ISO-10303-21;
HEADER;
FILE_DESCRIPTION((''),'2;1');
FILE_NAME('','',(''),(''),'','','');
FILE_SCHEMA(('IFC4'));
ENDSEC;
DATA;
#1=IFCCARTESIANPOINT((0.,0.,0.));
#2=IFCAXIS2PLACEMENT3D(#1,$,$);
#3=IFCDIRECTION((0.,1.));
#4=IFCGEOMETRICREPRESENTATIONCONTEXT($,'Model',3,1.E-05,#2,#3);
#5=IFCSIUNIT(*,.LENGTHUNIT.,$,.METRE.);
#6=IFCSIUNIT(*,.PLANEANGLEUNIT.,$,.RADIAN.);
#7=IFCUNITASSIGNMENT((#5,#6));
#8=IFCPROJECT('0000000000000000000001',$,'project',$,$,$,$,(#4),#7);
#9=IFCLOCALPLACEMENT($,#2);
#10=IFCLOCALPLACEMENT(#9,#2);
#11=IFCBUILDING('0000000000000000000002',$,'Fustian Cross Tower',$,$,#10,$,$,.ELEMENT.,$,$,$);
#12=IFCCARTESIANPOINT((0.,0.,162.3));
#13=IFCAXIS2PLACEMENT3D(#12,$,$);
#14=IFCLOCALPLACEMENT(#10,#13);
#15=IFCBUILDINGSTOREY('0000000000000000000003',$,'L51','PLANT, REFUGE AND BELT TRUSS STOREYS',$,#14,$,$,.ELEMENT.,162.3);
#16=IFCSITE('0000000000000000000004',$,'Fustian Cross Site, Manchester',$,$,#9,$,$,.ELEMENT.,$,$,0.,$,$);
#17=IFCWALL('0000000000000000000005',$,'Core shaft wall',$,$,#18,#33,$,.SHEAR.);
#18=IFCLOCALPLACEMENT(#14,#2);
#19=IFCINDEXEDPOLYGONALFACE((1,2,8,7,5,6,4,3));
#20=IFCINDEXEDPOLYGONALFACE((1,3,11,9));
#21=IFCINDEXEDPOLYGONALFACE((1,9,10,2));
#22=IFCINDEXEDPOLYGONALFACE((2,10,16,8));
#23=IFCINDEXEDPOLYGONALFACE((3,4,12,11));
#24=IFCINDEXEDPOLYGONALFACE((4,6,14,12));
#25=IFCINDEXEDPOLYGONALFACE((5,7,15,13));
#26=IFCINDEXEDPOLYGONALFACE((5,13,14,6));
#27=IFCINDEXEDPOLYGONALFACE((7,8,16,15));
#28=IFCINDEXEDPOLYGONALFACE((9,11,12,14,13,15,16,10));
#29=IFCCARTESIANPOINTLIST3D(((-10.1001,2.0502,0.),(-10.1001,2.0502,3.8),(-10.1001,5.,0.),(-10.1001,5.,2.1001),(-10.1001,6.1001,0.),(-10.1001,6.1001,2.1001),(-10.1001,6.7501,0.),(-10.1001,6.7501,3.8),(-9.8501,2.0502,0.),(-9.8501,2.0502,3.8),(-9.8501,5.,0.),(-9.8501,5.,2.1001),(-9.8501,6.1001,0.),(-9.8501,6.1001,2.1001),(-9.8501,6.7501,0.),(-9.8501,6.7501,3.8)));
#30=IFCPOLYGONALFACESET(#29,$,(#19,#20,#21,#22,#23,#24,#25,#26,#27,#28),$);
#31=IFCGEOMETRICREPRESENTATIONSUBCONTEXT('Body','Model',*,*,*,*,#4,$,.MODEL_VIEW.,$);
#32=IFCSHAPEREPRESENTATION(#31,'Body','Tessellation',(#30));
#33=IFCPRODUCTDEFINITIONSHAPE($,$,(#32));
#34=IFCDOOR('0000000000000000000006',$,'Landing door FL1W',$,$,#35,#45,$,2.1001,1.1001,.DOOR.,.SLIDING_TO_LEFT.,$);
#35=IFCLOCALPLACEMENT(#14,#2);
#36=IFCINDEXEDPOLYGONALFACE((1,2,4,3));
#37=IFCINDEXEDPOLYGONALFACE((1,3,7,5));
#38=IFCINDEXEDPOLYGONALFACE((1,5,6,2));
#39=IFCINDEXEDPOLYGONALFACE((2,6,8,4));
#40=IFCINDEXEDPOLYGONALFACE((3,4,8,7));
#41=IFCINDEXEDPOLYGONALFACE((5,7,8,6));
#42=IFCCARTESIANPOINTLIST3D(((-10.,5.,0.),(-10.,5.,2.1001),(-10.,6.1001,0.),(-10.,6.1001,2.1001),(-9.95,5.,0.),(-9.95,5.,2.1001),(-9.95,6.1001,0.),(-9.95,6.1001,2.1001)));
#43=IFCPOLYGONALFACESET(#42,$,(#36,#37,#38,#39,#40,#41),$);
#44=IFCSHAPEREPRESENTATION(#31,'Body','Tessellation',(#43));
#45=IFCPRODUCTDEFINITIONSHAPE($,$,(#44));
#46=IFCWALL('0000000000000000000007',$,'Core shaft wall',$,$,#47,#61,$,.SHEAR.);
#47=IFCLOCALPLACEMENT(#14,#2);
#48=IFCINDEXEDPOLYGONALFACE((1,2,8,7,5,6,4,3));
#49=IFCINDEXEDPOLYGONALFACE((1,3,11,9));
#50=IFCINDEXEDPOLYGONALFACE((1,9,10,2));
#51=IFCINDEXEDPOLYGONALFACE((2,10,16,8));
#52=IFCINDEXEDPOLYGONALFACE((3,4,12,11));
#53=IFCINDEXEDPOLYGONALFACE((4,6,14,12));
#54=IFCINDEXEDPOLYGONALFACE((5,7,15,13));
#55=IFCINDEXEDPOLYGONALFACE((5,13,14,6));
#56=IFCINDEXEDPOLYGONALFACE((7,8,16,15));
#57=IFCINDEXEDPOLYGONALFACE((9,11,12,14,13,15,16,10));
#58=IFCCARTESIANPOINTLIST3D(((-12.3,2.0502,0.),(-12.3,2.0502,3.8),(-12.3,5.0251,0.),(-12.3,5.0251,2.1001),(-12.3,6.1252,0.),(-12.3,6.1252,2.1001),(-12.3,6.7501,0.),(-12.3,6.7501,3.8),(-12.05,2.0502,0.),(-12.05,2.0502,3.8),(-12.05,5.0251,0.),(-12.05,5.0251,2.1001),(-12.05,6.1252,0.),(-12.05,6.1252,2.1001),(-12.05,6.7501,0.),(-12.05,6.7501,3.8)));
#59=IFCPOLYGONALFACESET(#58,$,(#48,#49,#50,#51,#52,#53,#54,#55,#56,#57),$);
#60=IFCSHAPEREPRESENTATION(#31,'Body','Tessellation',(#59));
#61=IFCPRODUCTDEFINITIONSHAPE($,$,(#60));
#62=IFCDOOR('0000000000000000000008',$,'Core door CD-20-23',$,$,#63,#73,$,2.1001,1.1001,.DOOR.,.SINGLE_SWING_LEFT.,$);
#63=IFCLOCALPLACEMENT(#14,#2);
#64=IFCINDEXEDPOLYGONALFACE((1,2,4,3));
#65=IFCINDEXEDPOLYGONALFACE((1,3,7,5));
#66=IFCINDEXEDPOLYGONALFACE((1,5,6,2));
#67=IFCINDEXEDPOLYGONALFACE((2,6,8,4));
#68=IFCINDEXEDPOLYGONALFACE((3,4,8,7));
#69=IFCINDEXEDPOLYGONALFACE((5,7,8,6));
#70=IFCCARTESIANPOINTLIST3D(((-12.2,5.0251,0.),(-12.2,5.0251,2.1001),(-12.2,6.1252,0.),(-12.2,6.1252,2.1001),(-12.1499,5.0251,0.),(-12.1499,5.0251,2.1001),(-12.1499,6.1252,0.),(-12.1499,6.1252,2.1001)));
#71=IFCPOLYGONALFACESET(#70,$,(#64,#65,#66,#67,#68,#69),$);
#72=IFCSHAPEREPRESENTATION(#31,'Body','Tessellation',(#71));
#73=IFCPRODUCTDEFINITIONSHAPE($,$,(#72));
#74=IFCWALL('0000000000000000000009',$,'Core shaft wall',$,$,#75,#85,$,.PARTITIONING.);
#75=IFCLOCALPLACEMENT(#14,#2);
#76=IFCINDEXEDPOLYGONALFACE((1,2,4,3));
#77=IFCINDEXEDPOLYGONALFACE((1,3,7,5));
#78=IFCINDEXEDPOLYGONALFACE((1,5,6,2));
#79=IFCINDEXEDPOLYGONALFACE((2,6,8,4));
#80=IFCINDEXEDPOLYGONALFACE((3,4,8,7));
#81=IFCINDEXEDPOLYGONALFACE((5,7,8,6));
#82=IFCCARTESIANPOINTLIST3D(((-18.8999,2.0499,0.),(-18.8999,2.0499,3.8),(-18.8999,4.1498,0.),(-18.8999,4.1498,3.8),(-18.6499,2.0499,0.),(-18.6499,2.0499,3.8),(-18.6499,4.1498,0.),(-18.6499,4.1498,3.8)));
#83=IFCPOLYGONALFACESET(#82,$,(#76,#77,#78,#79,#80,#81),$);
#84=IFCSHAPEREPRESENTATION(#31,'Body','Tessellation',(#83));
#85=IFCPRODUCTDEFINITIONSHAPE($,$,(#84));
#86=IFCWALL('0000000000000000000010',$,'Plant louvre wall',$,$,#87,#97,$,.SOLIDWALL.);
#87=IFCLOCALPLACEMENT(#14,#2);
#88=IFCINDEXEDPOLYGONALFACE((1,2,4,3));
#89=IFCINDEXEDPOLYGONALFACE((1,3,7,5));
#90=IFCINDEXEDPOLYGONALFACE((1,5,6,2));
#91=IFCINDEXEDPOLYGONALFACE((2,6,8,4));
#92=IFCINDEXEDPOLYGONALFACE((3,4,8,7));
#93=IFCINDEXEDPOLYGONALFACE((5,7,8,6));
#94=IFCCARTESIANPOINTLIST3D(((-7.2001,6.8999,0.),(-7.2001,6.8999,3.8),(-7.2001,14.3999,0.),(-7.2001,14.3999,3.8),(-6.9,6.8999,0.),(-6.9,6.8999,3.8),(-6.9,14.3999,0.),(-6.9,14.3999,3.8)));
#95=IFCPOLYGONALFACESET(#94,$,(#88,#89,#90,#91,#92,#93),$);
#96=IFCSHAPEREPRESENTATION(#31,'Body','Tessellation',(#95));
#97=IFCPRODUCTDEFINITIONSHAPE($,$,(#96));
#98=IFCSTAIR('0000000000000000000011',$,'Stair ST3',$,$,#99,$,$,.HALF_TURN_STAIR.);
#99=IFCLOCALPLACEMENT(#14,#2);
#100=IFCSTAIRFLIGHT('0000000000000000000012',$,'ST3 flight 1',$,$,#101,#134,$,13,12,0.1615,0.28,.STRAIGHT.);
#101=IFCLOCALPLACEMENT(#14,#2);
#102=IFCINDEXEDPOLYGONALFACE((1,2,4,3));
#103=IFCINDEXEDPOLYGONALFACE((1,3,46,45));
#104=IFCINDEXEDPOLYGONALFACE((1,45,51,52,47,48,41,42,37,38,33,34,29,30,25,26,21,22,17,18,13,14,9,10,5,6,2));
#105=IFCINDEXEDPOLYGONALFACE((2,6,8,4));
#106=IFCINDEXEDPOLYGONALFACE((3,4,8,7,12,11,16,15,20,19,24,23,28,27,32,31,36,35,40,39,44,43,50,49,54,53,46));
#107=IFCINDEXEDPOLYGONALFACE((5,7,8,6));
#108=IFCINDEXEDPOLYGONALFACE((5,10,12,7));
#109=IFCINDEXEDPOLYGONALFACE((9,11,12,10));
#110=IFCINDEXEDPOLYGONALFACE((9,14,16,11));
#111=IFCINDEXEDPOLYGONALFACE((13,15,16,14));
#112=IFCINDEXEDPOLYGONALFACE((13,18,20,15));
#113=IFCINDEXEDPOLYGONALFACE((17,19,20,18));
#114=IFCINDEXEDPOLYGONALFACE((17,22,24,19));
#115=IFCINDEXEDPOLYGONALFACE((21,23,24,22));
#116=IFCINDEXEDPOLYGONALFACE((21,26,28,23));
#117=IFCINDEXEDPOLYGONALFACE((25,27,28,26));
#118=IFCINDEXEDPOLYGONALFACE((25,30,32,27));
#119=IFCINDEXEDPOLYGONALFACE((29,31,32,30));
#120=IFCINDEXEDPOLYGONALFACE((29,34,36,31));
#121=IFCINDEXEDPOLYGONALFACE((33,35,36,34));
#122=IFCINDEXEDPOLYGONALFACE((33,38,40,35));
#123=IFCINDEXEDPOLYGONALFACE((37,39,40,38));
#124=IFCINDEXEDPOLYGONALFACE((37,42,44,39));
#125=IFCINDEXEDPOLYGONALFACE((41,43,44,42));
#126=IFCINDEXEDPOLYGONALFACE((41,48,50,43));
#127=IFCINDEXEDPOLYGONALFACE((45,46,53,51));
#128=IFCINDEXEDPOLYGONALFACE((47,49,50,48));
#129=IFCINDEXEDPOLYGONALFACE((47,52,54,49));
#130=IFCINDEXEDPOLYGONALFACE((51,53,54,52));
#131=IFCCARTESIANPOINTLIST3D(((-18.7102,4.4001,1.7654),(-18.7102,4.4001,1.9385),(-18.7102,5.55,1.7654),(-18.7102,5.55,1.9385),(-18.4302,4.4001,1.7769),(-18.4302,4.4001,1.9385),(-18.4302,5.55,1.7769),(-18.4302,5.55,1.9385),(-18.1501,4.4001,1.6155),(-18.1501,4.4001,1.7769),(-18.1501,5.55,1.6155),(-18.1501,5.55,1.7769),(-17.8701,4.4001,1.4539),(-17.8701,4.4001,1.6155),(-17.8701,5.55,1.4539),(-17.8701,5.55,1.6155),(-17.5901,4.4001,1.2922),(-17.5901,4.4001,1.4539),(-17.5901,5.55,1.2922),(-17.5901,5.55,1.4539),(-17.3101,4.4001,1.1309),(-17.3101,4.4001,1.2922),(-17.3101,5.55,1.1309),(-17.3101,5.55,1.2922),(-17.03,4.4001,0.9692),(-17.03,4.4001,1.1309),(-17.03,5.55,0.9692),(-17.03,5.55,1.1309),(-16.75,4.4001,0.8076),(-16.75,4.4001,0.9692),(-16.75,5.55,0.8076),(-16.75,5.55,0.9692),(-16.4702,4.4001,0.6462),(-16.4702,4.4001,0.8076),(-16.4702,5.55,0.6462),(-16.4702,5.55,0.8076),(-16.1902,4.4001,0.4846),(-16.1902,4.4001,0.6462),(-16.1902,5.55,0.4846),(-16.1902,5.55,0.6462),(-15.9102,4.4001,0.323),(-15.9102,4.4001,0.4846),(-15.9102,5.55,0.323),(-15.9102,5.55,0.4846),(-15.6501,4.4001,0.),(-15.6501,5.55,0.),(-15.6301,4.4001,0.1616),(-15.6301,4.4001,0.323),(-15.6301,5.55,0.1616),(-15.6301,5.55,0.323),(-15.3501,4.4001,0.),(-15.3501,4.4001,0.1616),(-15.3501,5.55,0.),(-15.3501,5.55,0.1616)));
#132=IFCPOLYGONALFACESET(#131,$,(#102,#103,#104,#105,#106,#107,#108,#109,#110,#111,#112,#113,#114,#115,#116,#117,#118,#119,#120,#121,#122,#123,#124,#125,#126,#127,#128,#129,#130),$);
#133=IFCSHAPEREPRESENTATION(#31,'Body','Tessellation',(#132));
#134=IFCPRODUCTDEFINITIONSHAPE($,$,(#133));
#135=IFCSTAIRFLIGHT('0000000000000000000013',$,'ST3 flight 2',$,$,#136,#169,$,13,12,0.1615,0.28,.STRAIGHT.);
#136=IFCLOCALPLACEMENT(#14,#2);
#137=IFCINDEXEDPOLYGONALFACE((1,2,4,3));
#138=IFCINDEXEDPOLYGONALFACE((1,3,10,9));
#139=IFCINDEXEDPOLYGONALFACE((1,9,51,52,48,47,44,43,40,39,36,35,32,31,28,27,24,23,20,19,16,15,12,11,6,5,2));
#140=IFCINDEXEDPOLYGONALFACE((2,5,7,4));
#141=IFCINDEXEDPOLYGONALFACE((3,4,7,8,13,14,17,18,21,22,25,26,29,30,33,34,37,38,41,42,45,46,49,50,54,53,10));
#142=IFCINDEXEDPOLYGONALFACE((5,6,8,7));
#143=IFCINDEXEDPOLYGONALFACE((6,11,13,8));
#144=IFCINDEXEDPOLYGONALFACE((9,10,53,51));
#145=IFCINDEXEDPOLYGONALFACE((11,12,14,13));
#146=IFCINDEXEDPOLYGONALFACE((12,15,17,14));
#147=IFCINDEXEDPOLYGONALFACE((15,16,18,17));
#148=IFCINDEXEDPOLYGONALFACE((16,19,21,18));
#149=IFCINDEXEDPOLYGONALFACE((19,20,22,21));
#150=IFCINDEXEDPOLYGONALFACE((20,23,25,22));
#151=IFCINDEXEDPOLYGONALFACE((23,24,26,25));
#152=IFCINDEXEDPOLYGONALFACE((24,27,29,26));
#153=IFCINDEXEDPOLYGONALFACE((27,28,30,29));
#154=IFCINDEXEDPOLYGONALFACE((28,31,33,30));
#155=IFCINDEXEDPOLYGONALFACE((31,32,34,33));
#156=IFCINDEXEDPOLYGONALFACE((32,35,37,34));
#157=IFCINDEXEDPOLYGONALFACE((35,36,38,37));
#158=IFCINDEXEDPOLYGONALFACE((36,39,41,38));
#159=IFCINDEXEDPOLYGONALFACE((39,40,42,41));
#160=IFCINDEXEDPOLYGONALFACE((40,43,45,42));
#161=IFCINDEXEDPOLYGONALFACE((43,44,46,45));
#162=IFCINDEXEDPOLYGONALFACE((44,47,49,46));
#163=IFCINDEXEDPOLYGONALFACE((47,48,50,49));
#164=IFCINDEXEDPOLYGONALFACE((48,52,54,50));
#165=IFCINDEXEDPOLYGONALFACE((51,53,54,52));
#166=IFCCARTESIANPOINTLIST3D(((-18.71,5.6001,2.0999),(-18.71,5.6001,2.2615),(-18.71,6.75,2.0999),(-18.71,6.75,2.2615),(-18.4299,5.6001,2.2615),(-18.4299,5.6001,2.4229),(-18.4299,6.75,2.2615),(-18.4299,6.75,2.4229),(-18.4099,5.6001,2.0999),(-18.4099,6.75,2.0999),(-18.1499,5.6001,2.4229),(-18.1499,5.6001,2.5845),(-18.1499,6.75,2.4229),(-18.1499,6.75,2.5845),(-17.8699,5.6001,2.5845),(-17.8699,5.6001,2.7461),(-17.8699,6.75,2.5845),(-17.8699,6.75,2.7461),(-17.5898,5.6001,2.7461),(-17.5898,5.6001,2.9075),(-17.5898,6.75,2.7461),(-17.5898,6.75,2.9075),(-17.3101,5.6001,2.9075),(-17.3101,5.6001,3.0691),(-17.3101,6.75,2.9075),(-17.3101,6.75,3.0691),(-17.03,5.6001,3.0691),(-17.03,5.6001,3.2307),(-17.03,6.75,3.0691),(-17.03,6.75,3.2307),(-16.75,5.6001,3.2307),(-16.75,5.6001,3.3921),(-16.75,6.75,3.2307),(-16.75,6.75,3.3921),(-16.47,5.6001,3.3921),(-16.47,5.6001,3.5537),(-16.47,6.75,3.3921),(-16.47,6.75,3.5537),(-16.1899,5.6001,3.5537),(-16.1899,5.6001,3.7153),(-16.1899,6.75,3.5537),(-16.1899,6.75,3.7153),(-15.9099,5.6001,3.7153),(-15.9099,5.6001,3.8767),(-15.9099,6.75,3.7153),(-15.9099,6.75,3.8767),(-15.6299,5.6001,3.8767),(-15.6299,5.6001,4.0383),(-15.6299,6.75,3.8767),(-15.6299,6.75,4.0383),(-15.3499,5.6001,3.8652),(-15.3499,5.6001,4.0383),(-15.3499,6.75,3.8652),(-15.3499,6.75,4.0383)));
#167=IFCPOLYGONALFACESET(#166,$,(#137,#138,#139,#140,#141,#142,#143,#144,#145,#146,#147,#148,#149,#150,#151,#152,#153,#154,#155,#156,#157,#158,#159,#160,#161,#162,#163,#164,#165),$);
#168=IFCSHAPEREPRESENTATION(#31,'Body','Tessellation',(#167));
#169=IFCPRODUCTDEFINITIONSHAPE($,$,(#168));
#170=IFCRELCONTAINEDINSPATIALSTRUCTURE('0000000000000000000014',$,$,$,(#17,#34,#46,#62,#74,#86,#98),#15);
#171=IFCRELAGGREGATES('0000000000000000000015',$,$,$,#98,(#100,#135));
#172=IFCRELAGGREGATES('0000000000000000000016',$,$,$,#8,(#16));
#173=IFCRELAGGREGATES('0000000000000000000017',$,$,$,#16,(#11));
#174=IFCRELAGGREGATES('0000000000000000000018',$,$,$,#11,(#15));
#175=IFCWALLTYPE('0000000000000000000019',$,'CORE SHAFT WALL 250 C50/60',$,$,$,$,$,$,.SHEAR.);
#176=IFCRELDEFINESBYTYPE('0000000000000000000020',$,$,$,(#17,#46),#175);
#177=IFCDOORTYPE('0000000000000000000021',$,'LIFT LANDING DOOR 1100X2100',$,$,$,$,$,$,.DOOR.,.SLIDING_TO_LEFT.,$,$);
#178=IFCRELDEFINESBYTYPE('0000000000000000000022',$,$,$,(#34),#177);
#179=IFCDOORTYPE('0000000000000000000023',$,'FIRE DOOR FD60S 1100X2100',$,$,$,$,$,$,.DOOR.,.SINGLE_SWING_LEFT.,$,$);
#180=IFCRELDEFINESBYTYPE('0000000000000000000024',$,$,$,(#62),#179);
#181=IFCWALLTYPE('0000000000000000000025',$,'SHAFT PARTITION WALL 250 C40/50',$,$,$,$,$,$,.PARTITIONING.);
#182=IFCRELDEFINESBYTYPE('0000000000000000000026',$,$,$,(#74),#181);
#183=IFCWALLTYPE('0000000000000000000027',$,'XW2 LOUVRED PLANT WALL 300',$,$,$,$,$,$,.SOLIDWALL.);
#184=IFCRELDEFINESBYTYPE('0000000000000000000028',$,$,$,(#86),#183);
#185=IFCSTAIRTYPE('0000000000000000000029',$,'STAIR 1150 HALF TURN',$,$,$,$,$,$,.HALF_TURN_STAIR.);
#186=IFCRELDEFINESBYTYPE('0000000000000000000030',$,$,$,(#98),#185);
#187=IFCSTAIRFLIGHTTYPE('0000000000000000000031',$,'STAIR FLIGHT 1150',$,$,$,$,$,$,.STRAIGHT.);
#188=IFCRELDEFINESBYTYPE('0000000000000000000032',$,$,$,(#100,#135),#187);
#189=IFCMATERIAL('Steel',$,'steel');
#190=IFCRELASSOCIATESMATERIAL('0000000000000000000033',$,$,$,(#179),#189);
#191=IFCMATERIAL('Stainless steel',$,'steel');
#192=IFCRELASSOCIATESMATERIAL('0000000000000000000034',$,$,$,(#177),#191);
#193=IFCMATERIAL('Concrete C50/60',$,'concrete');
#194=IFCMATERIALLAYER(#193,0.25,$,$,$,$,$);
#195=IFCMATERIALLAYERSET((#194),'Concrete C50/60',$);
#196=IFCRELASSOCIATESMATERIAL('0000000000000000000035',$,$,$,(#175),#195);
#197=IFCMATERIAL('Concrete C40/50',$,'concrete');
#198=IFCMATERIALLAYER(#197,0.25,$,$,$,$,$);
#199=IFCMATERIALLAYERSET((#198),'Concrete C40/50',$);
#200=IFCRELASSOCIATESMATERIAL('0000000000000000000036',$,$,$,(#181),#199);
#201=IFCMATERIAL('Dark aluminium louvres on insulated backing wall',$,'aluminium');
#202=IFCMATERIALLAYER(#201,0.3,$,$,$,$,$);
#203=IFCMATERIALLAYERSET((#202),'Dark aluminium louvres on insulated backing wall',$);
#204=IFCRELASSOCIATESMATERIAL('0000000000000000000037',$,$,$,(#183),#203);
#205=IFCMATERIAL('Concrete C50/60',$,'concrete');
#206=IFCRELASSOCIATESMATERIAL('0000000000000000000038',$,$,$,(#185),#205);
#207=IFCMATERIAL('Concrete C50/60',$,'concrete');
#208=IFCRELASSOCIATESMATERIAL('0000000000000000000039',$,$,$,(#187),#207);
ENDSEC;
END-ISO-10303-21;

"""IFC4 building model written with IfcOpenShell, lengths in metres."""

from ifc_helpers import new_model, si_unit, direction, frame, frame_2d, origin, place, context, subcontext, project, spatial, polyline, rectangle, outline, extrude, material, layer, layer_set, type_object, element, fill, aggregate, save


model = new_model("IFC4")

# Units and contexts
model_context = context("Model", 3, precision=1e-05, world=origin(), true_north=direction((0.0, 1.0)))
body_context = subcontext(model_context, "Body", "Model", "MODEL_VIEW")
ifc_project = project(units=[si_unit("LENGTHUNIT", "METRE"), si_unit("PLANEANGLEUNIT", "RADIAN")], contexts=[model_context])

# Site, building, storey
site_placement = place(None, origin())
site = spatial("IfcSite", under=ifc_project, at=site_placement, Name="Fustian Cross Site, Manchester", CompositionType="ELEMENT", RefElevation=0.0)
building_placement = place(site_placement, origin())
building = spatial("IfcBuilding", under=site, at=building_placement, Name="Fustian Cross Tower", CompositionType="ELEMENT")
storey_placement = place(building_placement, frame((0.0, 0.0, 162.3)))
storey = spatial("IfcBuildingStorey", under=building, at=storey_placement, Name="L51", Description="PLANT, REFUGE AND BELT TRUSS STOREYS", CompositionType="ELEMENT", Elevation=162.3)

# Shared definitions
ifc_material_1 = material(Name="Steel", Category="steel")
door_type_1 = type_object("IfcDoorType", Name="FIRE DOOR FD60S 1100X2100", OperationType="SINGLE_SWING_LEFT", PredefinedType="DOOR", material=ifc_material_1)
ifc_material_2 = material(Name="Stainless steel", Category="steel")
door_type_2 = type_object("IfcDoorType", Name="LIFT LANDING DOOR 1100X2100", OperationType="SLIDING_TO_LEFT", PredefinedType="DOOR", material=ifc_material_2)

# Shared definitions
ifc_material_3 = material(Name="Concrete C50/60", Category="concrete")
ifc_layer_1 = layer(ifc_material_3, 0.25)
ifc_layer_set_1 = layer_set([ifc_layer_1], Name="Concrete C50/60")
wall_type_1 = type_object("IfcWallType", Name="CORE SHAFT WALL 250 C50/60", PredefinedType="SHEAR", material=ifc_layer_set_1)

# Walls, openings, doors
wall_1_placement = place(storey_placement, frame((-9.9751, 2.05, 0.0), z_axis=(0.0, 0.0, 1.0), x_axis=(0.0, 1.0, 0.0)))
wall_1 = element("IfcWall", 1, at=wall_1_placement, inside=storey, type_object=wall_type_1, Name="Core shaft wall", PredefinedType="SHEAR", context=body_context, shape_type="SweptSolid", body=[
    extrude(rectangle(XDim=4.7, YDim=0.25, at=frame_2d((2.3501, 0.0))), origin(), (0.0, 0.0, 1.0), 3.8),
])
opening_1_placement = place(wall_1_placement, frame((2.95, 0.0, 0.0)))
opening_1 = element("IfcOpeningElement", 2, at=opening_1_placement, cuts=wall_1, PredefinedType="OPENING", context=body_context, shape_type="SweptSolid", body=[
    extrude(rectangle(XDim=1.1001, YDim=2.1001, at=frame_2d((0.55, 1.05))), frame((0.0, 0.135, 0.0), z_axis=(0.0, -1.0, 0.0), x_axis=(1.0, 0.0, 0.0)), (0.0, 0.0, 1.0), 0.27),
])
door_1_placement = place(opening_1_placement, origin())
door_1 = element("IfcDoor", 3, at=door_1_placement, inside=storey, type_object=door_type_2, Name="Landing door FL1W", OperationType="SLIDING_TO_LEFT", OverallHeight=2.1001, OverallWidth=1.1001, PredefinedType="DOOR", context=body_context, shape_type="SweptSolid", body=[
    extrude(rectangle(XDim=1.1001, YDim=2.1001, at=frame_2d((0.55, 1.05))), frame((0.0, 0.0249, 0.0), z_axis=(0.0, -1.0, 0.0), x_axis=(1.0, 0.0, 0.0)), (0.0, 0.0, 1.0), 0.05),
])
fill(opening_1, door_1)
wall_2_placement = place(storey_placement, frame((-12.175, 2.05, 0.0), z_axis=(0.0, 0.0, 1.0), x_axis=(0.0, 1.0, 0.0)))
wall_2 = element("IfcWall", 4, at=wall_2_placement, inside=storey, type_object=wall_type_1, Name="Core shaft wall", PredefinedType="SHEAR", context=body_context, shape_type="SweptSolid", body=[
    extrude(rectangle(XDim=4.7, YDim=0.25, at=frame_2d((2.3501, 0.0))), origin(), (0.0, 0.0, 1.0), 3.8),
])
opening_2_placement = place(wall_2_placement, frame((2.9751, 0.0, 0.0)))
opening_2 = element("IfcOpeningElement", 5, at=opening_2_placement, cuts=wall_2, PredefinedType="OPENING", context=body_context, shape_type="SweptSolid", body=[
    extrude(rectangle(XDim=1.1001, YDim=2.1001, at=frame_2d((0.55, 1.05))), frame((0.0, 0.135, 0.0), z_axis=(0.0, -1.0, 0.0), x_axis=(1.0, 0.0, 0.0)), (0.0, 0.0, 1.0), 0.27),
])
door_2_placement = place(opening_2_placement, origin())
door_2 = element("IfcDoor", 6, at=door_2_placement, inside=storey, type_object=door_type_1, Name="Core door CD-20-23", OperationType="SINGLE_SWING_LEFT", OverallHeight=2.1001, OverallWidth=1.1001, PredefinedType="DOOR", context=body_context, shape_type="SweptSolid", body=[
    extrude(rectangle(XDim=1.1001, YDim=2.1001, at=frame_2d((0.55, 1.05))), frame((0.0, 0.0249, 0.0), z_axis=(0.0, -1.0, 0.0), x_axis=(1.0, 0.0, 0.0)), (0.0, 0.0, 1.0), 0.05),
])
fill(opening_2, door_2)

# Walls
ifc_material_4 = material(Name="Concrete C40/50", Category="concrete")
ifc_layer_2 = layer(ifc_material_4, 0.25)
ifc_layer_set_2 = layer_set([ifc_layer_2], Name="Concrete C40/50")
wall_type_2 = type_object("IfcWallType", Name="SHAFT PARTITION WALL 250 C40/50", PredefinedType="PARTITIONING", material=ifc_layer_set_2)
wall_3_placement = place(storey_placement, frame((-18.7749, 2.05, 0.0), z_axis=(0.0, 0.0, 1.0), x_axis=(0.0, 1.0, 0.0)))
element("IfcWall", 7, at=wall_3_placement, inside=storey, type_object=wall_type_2, Name="Core shaft wall", PredefinedType="PARTITIONING", context=body_context, shape_type="SweptSolid", body=[
    extrude(rectangle(XDim=2.0999, YDim=0.25, at=frame_2d((1.0498, 0.0))), origin(), (0.0, 0.0, 1.0), 3.8),
])
ifc_material_5 = material(Name="Dark aluminium louvres on insulated backing wall", Category="aluminium")
ifc_layer_3 = layer(ifc_material_5, 0.3)
ifc_layer_set_3 = layer_set([ifc_layer_3], Name="Dark aluminium louvres on insulated backing wall")
wall_type_3 = type_object("IfcWallType", Name="XW2 LOUVRED PLANT WALL 300", PredefinedType="SOLIDWALL", material=ifc_layer_set_3)
wall_4_placement = place(storey_placement, frame((-7.05, 14.3999, 0.0), z_axis=(0.0, 0.0, 1.0), x_axis=(0.0, -1.0, 0.0)))
element("IfcWall", 8, at=wall_4_placement, inside=storey, type_object=wall_type_3, Name="Plant louvre wall", PredefinedType="SOLIDWALL", context=body_context, shape_type="SweptSolid", body=[
    extrude(rectangle(XDim=7.5, YDim=0.3, at=frame_2d((3.75, 0.0))), origin(), (0.0, 0.0, 1.0), 3.8),
])

# Stair, stair flights
ifc_material_6 = material(Name="Concrete C50/60", Category="concrete")
stair_type = type_object("IfcStairType", Name="STAIR 1150 HALF TURN", PredefinedType="HALF_TURN_STAIR", material=ifc_material_6)
stair_placement = place(storey_placement, origin())
stair = element("IfcStair", 9, at=stair_placement, inside=storey, type_object=stair_type, Name="Stair ST3", PredefinedType="HALF_TURN_STAIR")
ifc_material_7 = material(Name="Concrete C50/60", Category="concrete")
stair_flight_type = type_object("IfcStairFlightType", Name="STAIR FLIGHT 1150", PredefinedType="STRAIGHT", material=ifc_material_7)
stair_flight_1_placement = place(storey_placement, frame((-15.3501, 4.9751, 0.0), z_axis=(0.0, 0.0, 1.0), x_axis=(-1.0, 0.0, 0.0)))
stair_flight_1 = element("IfcStairFlight", 10, at=stair_flight_1_placement, type_object=stair_flight_type, Name="ST3 flight 1", NumberOfRisers=13, NumberOfTreads=12, PredefinedType="STRAIGHT", RiserHeight=0.1615, TreadLength=0.28, context=body_context, shape_type="SweptSolid", body=[
    extrude(outline(polyline([(0.0, 0.0), (0.0, 0.1616), (0.28, 0.1616), (0.28, 0.323), (0.5601, 0.323), (0.5601, 0.4846), (0.8401, 0.4846), (0.8401, 0.6462), (1.1201, 0.6462), (1.1201, 0.8076), (1.3999, 0.8076), (1.3999, 0.9692), (1.6799, 0.9692), (1.6799, 1.1309), (1.96, 1.1309), (1.96, 1.2922), (2.24, 1.2922), (2.24, 1.4539), (2.52, 1.4539), (2.52, 1.6155), (2.8, 1.6155), (2.8, 1.7769), (3.0801, 1.7769), (3.0801, 1.9385), (3.3601, 1.9385), (3.3601, 2.1001), (3.3601, 1.7654), (0.3, 0.0), (0.0, 0.0)])), frame((0.0, 0.575, 0.0), z_axis=(0.0, -1.0, 0.0), x_axis=(1.0, 0.0, 0.0)), (0.0, 0.0, 1.0), 1.1499),
])
stair_flight_2_placement = place(storey_placement, frame((-18.71, 6.175, 2.0999), z_axis=(0.0, 0.0, 1.0), x_axis=(1.0, 0.0, 0.0)))
stair_flight_2 = element("IfcStairFlight", 11, at=stair_flight_2_placement, type_object=stair_flight_type, Name="ST3 flight 2", NumberOfRisers=13, NumberOfTreads=12, PredefinedType="STRAIGHT", RiserHeight=0.1615, TreadLength=0.28, context=body_context, shape_type="SweptSolid", body=[
    extrude(outline(polyline([(0.0, 0.0), (0.0, 0.1616), (0.28, 0.1616), (0.28, 0.323), (0.5601, 0.323), (0.5601, 0.4846), (0.8401, 0.4846), (0.8401, 0.6462), (1.1201, 0.6462), (1.1201, 0.8076), (1.3999, 0.8076), (1.3999, 0.9692), (1.6799, 0.9692), (1.6799, 1.1309), (1.96, 1.1309), (1.96, 1.2922), (2.24, 1.2922), (2.24, 1.4539), (2.52, 1.4539), (2.52, 1.6155), (2.8, 1.6155), (2.8, 1.7769), (3.0801, 1.7769), (3.0801, 1.9385), (3.3601, 1.9385), (3.3601, 2.1001), (3.3601, 1.7654), (0.3, 0.0), (0.0, 0.0)])), frame((0.0, 0.575, 0.0), z_axis=(0.0, -1.0, 0.0), x_axis=(1.0, 0.0, 0.0)), (0.0, 0.0, 1.0), 1.1499),
])
aggregate(stair, [stair_flight_1, stair_flight_2])

save(model, "model.ifc")
